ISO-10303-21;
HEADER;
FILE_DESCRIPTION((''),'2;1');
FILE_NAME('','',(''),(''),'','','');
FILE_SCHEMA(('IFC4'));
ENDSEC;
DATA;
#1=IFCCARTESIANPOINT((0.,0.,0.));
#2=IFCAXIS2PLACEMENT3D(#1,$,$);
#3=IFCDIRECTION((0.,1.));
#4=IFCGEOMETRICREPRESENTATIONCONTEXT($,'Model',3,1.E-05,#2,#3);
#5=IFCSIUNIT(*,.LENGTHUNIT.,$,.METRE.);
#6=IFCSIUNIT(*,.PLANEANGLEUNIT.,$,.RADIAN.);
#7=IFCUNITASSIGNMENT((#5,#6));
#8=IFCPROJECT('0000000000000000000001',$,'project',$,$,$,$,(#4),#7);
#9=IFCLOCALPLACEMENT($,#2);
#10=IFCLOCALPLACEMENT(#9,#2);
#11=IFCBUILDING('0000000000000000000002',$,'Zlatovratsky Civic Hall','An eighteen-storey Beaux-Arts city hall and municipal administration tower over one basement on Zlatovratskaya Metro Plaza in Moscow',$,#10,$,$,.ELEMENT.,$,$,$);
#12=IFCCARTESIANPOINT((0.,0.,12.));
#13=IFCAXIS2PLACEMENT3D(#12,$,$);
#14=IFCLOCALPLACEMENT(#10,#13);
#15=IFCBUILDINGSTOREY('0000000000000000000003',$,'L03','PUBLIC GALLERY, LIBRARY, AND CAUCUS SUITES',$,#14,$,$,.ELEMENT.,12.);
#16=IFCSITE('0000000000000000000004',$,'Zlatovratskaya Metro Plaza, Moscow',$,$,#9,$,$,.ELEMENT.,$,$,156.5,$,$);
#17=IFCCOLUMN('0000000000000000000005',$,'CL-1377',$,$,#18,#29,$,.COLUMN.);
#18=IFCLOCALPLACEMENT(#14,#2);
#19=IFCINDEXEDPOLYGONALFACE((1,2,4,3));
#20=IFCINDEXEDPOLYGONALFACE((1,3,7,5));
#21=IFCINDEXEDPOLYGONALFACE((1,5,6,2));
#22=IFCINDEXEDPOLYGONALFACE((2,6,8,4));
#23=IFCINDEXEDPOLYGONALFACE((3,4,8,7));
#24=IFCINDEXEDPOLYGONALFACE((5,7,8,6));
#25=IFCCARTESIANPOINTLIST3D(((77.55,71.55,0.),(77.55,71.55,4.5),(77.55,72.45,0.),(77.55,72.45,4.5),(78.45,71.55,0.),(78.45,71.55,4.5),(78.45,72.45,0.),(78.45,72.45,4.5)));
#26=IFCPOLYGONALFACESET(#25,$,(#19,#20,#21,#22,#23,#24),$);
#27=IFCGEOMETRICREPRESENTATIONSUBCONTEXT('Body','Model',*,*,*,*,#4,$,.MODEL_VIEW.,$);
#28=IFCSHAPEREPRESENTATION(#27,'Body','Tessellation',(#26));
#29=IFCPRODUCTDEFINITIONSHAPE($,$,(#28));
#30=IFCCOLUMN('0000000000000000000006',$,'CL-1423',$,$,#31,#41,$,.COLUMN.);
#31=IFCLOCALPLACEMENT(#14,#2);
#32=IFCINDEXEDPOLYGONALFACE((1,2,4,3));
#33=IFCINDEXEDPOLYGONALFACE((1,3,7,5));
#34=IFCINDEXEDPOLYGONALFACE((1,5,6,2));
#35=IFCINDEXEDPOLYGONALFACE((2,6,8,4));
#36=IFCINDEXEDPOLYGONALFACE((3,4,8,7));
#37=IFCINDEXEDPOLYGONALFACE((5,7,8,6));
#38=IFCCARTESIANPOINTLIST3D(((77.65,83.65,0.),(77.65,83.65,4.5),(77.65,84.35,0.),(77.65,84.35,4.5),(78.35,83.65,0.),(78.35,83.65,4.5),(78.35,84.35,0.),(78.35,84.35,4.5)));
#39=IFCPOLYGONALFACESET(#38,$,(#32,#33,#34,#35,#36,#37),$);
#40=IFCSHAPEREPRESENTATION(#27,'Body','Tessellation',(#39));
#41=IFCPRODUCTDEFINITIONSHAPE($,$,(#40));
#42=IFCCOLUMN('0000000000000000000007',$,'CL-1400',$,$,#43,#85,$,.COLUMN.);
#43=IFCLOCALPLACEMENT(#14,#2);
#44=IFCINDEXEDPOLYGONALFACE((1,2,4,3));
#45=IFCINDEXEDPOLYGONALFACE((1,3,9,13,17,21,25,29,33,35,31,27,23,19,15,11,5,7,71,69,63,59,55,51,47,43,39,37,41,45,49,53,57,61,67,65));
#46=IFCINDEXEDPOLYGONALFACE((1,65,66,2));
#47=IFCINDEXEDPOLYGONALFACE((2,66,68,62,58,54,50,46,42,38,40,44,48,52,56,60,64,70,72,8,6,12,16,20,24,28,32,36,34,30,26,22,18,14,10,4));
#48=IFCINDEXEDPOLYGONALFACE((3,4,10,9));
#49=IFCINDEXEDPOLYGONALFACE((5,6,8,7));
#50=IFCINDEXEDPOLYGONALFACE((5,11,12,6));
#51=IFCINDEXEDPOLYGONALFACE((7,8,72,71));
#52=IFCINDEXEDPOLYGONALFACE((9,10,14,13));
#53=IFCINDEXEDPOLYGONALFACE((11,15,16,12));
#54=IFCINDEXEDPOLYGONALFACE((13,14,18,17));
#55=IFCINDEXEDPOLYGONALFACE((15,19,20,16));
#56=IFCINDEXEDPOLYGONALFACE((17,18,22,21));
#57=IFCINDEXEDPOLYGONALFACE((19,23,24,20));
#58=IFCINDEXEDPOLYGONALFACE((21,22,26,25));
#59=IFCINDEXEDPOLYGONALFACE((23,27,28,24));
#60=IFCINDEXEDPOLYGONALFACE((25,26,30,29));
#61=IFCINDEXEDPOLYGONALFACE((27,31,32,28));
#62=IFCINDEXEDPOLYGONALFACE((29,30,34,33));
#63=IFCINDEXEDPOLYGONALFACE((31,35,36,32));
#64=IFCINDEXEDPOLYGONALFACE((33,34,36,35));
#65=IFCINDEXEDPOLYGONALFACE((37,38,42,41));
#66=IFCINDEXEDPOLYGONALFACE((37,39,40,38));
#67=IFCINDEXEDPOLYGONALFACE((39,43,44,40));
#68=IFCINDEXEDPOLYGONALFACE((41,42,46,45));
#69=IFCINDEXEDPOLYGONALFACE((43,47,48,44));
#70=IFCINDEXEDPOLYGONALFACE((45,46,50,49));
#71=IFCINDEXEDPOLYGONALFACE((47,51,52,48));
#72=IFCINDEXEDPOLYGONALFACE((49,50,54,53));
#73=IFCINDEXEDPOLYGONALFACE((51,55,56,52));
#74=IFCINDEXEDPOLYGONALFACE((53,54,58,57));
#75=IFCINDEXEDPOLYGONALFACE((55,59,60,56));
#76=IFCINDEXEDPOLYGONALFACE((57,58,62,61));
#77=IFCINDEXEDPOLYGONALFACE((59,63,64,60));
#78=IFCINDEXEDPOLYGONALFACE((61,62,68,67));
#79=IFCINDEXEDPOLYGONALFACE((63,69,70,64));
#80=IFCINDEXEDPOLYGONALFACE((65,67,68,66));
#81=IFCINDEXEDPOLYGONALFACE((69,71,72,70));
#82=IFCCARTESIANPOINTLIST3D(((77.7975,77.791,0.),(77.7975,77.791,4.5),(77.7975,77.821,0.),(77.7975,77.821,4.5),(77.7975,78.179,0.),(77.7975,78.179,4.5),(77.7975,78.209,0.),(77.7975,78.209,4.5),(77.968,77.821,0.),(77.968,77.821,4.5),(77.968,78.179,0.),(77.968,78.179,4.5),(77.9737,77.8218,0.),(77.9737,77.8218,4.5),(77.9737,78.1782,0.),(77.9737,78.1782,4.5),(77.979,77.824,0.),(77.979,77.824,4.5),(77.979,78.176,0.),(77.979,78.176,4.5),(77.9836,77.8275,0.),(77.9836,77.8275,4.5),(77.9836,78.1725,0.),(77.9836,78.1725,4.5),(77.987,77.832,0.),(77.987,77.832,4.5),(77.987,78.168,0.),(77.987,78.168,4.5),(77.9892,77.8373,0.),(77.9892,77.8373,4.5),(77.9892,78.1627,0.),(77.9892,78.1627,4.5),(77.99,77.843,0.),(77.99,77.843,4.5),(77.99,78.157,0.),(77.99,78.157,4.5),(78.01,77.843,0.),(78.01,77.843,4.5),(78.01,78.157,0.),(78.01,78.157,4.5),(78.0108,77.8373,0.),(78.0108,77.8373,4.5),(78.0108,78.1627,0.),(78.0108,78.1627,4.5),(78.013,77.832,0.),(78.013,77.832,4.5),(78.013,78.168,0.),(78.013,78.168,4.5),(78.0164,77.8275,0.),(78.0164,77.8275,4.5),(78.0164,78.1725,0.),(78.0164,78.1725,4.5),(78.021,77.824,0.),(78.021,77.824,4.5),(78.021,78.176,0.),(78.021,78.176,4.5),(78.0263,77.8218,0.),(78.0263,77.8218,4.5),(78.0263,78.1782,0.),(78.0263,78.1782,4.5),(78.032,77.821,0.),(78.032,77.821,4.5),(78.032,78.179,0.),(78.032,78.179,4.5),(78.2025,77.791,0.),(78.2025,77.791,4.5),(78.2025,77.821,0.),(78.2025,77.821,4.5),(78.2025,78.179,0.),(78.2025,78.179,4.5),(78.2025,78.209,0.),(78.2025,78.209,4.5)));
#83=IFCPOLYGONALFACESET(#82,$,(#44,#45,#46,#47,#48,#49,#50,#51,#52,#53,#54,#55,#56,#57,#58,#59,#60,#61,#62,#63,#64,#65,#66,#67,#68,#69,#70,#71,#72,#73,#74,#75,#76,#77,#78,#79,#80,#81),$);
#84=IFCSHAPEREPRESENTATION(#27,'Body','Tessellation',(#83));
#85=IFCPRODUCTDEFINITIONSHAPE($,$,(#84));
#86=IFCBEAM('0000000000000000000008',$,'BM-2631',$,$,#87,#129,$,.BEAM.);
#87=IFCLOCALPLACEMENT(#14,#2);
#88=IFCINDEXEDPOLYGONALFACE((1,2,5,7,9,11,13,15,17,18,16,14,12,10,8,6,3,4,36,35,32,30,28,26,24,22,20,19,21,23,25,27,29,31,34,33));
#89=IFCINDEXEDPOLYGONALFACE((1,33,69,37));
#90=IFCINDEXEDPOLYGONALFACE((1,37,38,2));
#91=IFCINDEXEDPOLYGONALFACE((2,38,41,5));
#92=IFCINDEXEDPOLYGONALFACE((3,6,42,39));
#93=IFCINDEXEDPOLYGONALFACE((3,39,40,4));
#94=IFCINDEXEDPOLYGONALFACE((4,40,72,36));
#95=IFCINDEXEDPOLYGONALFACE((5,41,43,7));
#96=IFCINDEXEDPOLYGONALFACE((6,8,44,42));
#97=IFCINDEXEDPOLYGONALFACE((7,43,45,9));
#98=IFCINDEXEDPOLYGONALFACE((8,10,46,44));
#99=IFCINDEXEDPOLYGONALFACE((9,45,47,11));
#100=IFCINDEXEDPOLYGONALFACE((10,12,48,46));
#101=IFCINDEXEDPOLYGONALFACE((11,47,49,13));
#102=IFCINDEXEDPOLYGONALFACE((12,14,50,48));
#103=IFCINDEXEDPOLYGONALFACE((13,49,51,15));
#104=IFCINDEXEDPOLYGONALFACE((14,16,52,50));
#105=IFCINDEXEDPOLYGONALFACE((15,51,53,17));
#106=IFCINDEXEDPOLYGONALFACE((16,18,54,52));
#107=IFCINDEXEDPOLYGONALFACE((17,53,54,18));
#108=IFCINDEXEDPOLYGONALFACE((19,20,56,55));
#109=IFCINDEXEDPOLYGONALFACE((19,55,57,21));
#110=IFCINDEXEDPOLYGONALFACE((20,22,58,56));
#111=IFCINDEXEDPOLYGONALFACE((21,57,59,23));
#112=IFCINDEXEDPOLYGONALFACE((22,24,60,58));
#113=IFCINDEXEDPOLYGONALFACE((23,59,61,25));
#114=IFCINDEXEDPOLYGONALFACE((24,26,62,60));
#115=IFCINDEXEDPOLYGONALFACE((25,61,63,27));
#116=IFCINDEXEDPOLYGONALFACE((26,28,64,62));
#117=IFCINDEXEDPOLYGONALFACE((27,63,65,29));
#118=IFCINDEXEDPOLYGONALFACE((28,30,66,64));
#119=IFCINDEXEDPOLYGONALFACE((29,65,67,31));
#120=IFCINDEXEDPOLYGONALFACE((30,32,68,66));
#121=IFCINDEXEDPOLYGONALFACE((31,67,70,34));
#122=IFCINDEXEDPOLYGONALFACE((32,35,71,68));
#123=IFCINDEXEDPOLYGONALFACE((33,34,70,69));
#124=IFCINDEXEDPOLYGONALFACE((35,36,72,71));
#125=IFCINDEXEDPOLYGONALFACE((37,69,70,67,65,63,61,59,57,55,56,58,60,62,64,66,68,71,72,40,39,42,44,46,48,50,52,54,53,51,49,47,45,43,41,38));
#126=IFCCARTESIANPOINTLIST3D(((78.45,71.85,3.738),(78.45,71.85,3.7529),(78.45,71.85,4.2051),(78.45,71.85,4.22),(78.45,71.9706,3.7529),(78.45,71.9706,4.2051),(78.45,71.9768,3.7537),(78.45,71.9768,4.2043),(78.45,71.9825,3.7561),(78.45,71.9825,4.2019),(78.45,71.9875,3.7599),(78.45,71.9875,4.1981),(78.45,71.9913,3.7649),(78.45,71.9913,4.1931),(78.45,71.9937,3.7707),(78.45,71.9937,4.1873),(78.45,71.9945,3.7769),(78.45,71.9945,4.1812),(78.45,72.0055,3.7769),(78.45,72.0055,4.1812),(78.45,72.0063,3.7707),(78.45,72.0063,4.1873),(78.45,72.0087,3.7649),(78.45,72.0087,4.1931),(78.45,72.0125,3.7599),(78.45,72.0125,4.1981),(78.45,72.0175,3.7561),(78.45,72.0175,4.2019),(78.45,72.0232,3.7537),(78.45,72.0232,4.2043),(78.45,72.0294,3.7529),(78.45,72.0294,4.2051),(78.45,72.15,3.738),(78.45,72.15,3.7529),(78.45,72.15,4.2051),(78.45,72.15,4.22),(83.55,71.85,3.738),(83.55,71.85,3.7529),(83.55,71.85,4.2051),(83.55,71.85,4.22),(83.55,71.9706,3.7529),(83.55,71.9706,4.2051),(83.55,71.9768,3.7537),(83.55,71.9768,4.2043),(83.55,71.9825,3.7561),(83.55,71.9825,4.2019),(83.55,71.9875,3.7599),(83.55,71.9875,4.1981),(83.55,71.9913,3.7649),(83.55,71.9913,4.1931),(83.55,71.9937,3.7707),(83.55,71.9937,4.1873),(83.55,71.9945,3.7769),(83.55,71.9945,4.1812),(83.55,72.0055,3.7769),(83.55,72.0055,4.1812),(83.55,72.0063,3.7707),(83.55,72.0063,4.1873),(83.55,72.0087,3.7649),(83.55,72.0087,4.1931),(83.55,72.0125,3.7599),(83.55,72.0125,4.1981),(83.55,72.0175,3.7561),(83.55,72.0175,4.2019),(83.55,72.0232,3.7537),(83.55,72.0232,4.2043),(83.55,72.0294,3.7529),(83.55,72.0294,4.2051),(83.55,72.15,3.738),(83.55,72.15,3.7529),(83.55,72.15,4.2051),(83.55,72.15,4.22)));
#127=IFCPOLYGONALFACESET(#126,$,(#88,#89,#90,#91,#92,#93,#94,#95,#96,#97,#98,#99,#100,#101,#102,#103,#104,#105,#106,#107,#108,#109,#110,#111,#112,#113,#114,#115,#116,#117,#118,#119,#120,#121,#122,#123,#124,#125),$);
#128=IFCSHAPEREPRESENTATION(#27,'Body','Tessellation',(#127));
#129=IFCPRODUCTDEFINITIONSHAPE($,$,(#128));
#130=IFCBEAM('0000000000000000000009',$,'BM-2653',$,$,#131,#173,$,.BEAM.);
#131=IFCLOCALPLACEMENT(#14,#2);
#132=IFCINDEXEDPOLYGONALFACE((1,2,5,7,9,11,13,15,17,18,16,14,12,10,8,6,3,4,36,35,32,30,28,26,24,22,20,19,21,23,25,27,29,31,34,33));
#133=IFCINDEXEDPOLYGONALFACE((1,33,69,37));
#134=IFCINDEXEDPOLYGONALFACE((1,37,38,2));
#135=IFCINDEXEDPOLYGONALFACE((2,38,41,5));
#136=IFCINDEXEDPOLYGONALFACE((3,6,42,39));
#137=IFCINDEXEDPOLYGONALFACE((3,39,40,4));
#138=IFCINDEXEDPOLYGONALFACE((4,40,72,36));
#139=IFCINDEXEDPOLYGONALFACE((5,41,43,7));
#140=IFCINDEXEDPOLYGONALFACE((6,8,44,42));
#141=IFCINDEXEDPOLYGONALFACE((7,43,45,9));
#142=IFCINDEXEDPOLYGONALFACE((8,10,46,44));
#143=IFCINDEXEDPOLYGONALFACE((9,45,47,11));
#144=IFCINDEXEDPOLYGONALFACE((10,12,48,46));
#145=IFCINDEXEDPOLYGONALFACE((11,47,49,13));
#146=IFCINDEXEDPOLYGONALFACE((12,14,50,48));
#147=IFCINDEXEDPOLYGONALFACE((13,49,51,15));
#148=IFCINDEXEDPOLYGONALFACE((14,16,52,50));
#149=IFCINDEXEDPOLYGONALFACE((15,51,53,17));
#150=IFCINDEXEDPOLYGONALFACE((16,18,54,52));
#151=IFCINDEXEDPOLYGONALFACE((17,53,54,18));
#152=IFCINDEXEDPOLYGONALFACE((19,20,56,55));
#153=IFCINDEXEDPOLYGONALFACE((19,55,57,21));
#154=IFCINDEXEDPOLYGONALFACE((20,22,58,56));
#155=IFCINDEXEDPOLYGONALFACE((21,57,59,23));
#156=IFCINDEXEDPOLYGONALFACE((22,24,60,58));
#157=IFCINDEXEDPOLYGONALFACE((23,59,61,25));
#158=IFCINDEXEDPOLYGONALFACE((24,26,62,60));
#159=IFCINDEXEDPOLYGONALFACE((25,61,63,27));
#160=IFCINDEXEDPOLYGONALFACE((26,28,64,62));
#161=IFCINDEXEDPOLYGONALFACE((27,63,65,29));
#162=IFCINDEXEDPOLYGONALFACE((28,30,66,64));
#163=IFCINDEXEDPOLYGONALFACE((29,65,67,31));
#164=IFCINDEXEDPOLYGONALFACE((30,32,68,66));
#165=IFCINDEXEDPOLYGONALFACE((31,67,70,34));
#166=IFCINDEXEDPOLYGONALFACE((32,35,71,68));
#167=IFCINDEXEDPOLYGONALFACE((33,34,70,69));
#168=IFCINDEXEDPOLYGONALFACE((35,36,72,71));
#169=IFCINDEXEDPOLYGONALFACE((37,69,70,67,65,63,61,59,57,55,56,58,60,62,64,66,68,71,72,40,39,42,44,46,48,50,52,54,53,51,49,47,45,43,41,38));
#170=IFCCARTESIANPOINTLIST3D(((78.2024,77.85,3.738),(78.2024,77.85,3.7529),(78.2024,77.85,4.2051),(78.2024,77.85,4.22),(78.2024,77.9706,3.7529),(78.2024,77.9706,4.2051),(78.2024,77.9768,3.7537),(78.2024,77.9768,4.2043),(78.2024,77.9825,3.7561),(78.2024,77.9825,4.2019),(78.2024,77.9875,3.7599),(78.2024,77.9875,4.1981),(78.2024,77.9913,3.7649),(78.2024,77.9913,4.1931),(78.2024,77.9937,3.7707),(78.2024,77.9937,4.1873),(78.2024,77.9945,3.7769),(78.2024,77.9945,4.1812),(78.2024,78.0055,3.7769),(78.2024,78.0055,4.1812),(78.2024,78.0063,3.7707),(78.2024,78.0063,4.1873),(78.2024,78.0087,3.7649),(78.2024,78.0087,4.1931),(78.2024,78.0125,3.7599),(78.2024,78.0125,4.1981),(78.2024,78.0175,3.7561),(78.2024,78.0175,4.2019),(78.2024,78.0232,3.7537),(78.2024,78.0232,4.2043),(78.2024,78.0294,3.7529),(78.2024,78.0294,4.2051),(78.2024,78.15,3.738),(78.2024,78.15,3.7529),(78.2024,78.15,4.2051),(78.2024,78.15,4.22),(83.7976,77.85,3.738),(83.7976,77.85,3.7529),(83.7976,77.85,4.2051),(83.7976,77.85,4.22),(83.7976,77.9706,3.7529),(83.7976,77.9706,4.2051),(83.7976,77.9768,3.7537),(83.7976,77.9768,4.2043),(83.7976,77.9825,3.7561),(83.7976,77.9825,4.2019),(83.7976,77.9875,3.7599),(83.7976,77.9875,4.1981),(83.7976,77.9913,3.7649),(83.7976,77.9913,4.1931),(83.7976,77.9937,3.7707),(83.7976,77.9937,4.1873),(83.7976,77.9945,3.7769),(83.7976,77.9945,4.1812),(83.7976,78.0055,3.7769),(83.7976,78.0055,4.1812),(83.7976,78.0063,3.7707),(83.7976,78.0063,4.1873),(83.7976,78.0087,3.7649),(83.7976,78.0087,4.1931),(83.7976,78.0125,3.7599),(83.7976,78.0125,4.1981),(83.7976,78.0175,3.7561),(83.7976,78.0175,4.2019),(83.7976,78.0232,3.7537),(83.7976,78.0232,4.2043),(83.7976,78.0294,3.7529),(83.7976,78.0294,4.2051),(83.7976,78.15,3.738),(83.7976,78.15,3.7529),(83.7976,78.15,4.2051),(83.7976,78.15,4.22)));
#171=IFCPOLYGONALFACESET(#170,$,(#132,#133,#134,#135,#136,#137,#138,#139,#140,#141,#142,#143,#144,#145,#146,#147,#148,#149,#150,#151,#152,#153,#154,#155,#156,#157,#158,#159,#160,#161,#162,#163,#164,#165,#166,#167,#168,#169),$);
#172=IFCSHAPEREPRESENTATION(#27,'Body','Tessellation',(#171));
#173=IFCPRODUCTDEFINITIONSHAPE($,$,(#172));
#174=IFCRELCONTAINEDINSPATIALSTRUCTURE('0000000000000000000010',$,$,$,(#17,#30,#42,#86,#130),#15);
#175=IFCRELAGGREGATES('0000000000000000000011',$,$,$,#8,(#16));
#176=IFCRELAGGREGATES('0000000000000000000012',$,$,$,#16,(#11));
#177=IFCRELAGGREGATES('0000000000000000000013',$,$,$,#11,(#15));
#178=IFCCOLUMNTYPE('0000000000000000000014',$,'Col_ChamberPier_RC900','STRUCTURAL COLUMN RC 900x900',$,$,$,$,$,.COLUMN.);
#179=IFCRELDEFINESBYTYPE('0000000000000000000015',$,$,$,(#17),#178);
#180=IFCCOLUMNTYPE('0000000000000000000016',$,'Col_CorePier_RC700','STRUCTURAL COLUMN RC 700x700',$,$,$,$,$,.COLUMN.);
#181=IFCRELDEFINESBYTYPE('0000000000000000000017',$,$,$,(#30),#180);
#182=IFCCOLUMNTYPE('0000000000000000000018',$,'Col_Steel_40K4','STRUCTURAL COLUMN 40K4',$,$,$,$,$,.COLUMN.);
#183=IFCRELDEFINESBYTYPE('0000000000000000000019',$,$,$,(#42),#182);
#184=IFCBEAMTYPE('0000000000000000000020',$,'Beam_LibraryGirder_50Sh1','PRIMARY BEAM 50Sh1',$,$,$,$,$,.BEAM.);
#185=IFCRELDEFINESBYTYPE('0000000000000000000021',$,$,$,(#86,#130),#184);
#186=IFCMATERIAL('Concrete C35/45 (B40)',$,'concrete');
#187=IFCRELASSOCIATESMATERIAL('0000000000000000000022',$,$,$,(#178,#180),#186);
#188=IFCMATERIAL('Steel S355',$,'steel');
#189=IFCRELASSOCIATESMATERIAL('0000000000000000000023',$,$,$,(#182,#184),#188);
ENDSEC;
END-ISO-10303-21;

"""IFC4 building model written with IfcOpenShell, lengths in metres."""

from ifc_helpers import new_model, si_unit, direction, frame, origin, origin_2d, place, context, subcontext, project, spatial, rectangle, i_section, extrude, material, material_profile, profile_set, type_object, element, save


model = new_model("IFC4")

# Units and contexts
model_context = context("Model", 3, precision=1e-05, world=origin(), true_north=direction((0.0, 1.0)))
body_context = subcontext(model_context, "Body", "Model", "MODEL_VIEW")
ifc_project = project(units=[si_unit("LENGTHUNIT", "METRE"), si_unit("PLANEANGLEUNIT", "RADIAN")], contexts=[model_context])

# Site, building, storey
site_placement = place(None, origin())
site = spatial("IfcSite", under=ifc_project, at=site_placement, Name="Zlatovratskaya Metro Plaza, Moscow", CompositionType="ELEMENT", RefElevation=156.5)
building_placement = place(site_placement, origin())
building = spatial("IfcBuilding", under=site, at=building_placement, Name="Zlatovratsky Civic Hall", Description="An eighteen-storey Beaux-Arts city hall and municipal administration tower over one basement on Zlatovratskaya Metro Plaza in Moscow", CompositionType="ELEMENT")
storey_placement = place(building_placement, frame((0.0, 0.0, 12.0)))
storey = spatial("IfcBuildingStorey", under=building, at=storey_placement, Name="L03", Description="PUBLIC GALLERY, LIBRARY, AND CAUCUS SUITES", CompositionType="ELEMENT", Elevation=12.0)

# Columns
ifc_material_1 = material(Name="Concrete C35/45 (B40)", Category="concrete")
ifc_material_profile_1 = material_profile(ifc_material_1, rectangle(XDim=0.8999, YDim=0.8999, at=origin_2d()), Name="RC 900x900")
ifc_profile_set_1 = profile_set([ifc_material_profile_1], Name="Concrete C35/45 (B40)")
column_type_1 = type_object("IfcColumnType", Name="Col_ChamberPier_RC900", Description="STRUCTURAL COLUMN RC 900x900", PredefinedType="COLUMN", material=ifc_profile_set_1)
column_1_placement = place(storey_placement, frame((78.0, 72.0, 0.0), z_axis=(0.0, 0.0, 1.0), x_axis=(1.0, 0.0, 0.0)))
element("IfcColumn", 1, at=column_1_placement, inside=storey, type_object=column_type_1, Name="CL-1377", PredefinedType="COLUMN", context=body_context, shape_type="SweptSolid", body=[
    extrude(rectangle(XDim=0.8999, YDim=0.8999, at=origin_2d()), origin(), (0.0, 0.0, 1.0), 4.5),
])
ifc_material_profile_2 = material_profile(ifc_material_1, rectangle(XDim=0.7, YDim=0.7, at=origin_2d()), Name="RC 700x700")
ifc_profile_set_2 = profile_set([ifc_material_profile_2], Name="Concrete C35/45 (B40)")
column_type_2 = type_object("IfcColumnType", Name="Col_CorePier_RC700", Description="STRUCTURAL COLUMN RC 700x700", PredefinedType="COLUMN", material=ifc_profile_set_2)
column_2_placement = place(storey_placement, frame((78.0, 84.0, 0.0), z_axis=(0.0, 0.0, 1.0), x_axis=(1.0, 0.0, 0.0)))
element("IfcColumn", 2, at=column_2_placement, inside=storey, type_object=column_type_2, Name="CL-1423", PredefinedType="COLUMN", context=body_context, shape_type="SweptSolid", body=[
    extrude(rectangle(XDim=0.7, YDim=0.7, at=origin_2d()), origin(), (0.0, 0.0, 1.0), 4.5),
])
ifc_material_2 = material(Name="Steel S355", Category="steel")
ifc_material_profile_3 = material_profile(ifc_material_2, i_section(OverallWidth=0.405, OverallDepth=0.418, WebThickness=0.02, FlangeThickness=0.03, FilletRadius=0.022, at=origin_2d()), Name="40K4")
ifc_profile_set_3 = profile_set([ifc_material_profile_3], Name="Steel S355")
column_type_3 = type_object("IfcColumnType", Name="Col_Steel_40K4", Description="STRUCTURAL COLUMN 40K4", PredefinedType="COLUMN", material=ifc_profile_set_3)
column_3_placement = place(storey_placement, frame((78.0, 78.0, 0.0), z_axis=(0.0, 0.0, 1.0), x_axis=(1.0, 0.0, 0.0)))
element("IfcColumn", 3, at=column_3_placement, inside=storey, type_object=column_type_3, Name="CL-1400", PredefinedType="COLUMN", context=body_context, shape_type="SweptSolid", body=[
    extrude(i_section(OverallWidth=0.405, OverallDepth=0.418, WebThickness=0.02, FlangeThickness=0.03, FilletRadius=0.022, at=origin_2d()), origin(), (0.0, 0.0, 1.0), 4.5),
])

# Beams
ifc_material_profile_4 = material_profile(ifc_material_2, i_section(OverallWidth=0.3, OverallDepth=0.4819, WebThickness=0.011, FlangeThickness=0.0149, FilletRadius=0.0239, at=origin_2d()), Name="50Sh1")
ifc_profile_set_4 = profile_set([ifc_material_profile_4], Name="Steel S355")
beam_type = type_object("IfcBeamType", Name="Beam_LibraryGirder_50Sh1", Description="PRIMARY BEAM 50Sh1", PredefinedType="BEAM", material=ifc_profile_set_4)
beam_1_placement = place(storey_placement, frame((78.45, 72.0, 3.979), z_axis=(1.0, 0.0, 0.0), x_axis=(0.0, 1.0, 0.0)))
element("IfcBeam", 4, at=beam_1_placement, inside=storey, type_object=beam_type, Name="BM-2631", PredefinedType="BEAM", context=body_context, shape_type="SweptSolid", body=[
    extrude(i_section(OverallWidth=0.3, OverallDepth=0.4819, WebThickness=0.011, FlangeThickness=0.0149, FilletRadius=0.0239, at=origin_2d()), origin(), (0.0, 0.0, 1.0), 5.1001),
])
beam_2_placement = place(storey_placement, frame((78.2024, 78.0, 3.979), z_axis=(1.0, 0.0, 0.0), x_axis=(0.0, 1.0, 0.0)))
element("IfcBeam", 5, at=beam_2_placement, inside=storey, type_object=beam_type, Name="BM-2653", PredefinedType="BEAM", context=body_context, shape_type="SweptSolid", body=[
    extrude(i_section(OverallWidth=0.3, OverallDepth=0.4819, WebThickness=0.011, FlangeThickness=0.0149, FilletRadius=0.0239, at=origin_2d()), origin(), (0.0, 0.0, 1.0), 5.5952),
])

save(model, "model.ifc")
